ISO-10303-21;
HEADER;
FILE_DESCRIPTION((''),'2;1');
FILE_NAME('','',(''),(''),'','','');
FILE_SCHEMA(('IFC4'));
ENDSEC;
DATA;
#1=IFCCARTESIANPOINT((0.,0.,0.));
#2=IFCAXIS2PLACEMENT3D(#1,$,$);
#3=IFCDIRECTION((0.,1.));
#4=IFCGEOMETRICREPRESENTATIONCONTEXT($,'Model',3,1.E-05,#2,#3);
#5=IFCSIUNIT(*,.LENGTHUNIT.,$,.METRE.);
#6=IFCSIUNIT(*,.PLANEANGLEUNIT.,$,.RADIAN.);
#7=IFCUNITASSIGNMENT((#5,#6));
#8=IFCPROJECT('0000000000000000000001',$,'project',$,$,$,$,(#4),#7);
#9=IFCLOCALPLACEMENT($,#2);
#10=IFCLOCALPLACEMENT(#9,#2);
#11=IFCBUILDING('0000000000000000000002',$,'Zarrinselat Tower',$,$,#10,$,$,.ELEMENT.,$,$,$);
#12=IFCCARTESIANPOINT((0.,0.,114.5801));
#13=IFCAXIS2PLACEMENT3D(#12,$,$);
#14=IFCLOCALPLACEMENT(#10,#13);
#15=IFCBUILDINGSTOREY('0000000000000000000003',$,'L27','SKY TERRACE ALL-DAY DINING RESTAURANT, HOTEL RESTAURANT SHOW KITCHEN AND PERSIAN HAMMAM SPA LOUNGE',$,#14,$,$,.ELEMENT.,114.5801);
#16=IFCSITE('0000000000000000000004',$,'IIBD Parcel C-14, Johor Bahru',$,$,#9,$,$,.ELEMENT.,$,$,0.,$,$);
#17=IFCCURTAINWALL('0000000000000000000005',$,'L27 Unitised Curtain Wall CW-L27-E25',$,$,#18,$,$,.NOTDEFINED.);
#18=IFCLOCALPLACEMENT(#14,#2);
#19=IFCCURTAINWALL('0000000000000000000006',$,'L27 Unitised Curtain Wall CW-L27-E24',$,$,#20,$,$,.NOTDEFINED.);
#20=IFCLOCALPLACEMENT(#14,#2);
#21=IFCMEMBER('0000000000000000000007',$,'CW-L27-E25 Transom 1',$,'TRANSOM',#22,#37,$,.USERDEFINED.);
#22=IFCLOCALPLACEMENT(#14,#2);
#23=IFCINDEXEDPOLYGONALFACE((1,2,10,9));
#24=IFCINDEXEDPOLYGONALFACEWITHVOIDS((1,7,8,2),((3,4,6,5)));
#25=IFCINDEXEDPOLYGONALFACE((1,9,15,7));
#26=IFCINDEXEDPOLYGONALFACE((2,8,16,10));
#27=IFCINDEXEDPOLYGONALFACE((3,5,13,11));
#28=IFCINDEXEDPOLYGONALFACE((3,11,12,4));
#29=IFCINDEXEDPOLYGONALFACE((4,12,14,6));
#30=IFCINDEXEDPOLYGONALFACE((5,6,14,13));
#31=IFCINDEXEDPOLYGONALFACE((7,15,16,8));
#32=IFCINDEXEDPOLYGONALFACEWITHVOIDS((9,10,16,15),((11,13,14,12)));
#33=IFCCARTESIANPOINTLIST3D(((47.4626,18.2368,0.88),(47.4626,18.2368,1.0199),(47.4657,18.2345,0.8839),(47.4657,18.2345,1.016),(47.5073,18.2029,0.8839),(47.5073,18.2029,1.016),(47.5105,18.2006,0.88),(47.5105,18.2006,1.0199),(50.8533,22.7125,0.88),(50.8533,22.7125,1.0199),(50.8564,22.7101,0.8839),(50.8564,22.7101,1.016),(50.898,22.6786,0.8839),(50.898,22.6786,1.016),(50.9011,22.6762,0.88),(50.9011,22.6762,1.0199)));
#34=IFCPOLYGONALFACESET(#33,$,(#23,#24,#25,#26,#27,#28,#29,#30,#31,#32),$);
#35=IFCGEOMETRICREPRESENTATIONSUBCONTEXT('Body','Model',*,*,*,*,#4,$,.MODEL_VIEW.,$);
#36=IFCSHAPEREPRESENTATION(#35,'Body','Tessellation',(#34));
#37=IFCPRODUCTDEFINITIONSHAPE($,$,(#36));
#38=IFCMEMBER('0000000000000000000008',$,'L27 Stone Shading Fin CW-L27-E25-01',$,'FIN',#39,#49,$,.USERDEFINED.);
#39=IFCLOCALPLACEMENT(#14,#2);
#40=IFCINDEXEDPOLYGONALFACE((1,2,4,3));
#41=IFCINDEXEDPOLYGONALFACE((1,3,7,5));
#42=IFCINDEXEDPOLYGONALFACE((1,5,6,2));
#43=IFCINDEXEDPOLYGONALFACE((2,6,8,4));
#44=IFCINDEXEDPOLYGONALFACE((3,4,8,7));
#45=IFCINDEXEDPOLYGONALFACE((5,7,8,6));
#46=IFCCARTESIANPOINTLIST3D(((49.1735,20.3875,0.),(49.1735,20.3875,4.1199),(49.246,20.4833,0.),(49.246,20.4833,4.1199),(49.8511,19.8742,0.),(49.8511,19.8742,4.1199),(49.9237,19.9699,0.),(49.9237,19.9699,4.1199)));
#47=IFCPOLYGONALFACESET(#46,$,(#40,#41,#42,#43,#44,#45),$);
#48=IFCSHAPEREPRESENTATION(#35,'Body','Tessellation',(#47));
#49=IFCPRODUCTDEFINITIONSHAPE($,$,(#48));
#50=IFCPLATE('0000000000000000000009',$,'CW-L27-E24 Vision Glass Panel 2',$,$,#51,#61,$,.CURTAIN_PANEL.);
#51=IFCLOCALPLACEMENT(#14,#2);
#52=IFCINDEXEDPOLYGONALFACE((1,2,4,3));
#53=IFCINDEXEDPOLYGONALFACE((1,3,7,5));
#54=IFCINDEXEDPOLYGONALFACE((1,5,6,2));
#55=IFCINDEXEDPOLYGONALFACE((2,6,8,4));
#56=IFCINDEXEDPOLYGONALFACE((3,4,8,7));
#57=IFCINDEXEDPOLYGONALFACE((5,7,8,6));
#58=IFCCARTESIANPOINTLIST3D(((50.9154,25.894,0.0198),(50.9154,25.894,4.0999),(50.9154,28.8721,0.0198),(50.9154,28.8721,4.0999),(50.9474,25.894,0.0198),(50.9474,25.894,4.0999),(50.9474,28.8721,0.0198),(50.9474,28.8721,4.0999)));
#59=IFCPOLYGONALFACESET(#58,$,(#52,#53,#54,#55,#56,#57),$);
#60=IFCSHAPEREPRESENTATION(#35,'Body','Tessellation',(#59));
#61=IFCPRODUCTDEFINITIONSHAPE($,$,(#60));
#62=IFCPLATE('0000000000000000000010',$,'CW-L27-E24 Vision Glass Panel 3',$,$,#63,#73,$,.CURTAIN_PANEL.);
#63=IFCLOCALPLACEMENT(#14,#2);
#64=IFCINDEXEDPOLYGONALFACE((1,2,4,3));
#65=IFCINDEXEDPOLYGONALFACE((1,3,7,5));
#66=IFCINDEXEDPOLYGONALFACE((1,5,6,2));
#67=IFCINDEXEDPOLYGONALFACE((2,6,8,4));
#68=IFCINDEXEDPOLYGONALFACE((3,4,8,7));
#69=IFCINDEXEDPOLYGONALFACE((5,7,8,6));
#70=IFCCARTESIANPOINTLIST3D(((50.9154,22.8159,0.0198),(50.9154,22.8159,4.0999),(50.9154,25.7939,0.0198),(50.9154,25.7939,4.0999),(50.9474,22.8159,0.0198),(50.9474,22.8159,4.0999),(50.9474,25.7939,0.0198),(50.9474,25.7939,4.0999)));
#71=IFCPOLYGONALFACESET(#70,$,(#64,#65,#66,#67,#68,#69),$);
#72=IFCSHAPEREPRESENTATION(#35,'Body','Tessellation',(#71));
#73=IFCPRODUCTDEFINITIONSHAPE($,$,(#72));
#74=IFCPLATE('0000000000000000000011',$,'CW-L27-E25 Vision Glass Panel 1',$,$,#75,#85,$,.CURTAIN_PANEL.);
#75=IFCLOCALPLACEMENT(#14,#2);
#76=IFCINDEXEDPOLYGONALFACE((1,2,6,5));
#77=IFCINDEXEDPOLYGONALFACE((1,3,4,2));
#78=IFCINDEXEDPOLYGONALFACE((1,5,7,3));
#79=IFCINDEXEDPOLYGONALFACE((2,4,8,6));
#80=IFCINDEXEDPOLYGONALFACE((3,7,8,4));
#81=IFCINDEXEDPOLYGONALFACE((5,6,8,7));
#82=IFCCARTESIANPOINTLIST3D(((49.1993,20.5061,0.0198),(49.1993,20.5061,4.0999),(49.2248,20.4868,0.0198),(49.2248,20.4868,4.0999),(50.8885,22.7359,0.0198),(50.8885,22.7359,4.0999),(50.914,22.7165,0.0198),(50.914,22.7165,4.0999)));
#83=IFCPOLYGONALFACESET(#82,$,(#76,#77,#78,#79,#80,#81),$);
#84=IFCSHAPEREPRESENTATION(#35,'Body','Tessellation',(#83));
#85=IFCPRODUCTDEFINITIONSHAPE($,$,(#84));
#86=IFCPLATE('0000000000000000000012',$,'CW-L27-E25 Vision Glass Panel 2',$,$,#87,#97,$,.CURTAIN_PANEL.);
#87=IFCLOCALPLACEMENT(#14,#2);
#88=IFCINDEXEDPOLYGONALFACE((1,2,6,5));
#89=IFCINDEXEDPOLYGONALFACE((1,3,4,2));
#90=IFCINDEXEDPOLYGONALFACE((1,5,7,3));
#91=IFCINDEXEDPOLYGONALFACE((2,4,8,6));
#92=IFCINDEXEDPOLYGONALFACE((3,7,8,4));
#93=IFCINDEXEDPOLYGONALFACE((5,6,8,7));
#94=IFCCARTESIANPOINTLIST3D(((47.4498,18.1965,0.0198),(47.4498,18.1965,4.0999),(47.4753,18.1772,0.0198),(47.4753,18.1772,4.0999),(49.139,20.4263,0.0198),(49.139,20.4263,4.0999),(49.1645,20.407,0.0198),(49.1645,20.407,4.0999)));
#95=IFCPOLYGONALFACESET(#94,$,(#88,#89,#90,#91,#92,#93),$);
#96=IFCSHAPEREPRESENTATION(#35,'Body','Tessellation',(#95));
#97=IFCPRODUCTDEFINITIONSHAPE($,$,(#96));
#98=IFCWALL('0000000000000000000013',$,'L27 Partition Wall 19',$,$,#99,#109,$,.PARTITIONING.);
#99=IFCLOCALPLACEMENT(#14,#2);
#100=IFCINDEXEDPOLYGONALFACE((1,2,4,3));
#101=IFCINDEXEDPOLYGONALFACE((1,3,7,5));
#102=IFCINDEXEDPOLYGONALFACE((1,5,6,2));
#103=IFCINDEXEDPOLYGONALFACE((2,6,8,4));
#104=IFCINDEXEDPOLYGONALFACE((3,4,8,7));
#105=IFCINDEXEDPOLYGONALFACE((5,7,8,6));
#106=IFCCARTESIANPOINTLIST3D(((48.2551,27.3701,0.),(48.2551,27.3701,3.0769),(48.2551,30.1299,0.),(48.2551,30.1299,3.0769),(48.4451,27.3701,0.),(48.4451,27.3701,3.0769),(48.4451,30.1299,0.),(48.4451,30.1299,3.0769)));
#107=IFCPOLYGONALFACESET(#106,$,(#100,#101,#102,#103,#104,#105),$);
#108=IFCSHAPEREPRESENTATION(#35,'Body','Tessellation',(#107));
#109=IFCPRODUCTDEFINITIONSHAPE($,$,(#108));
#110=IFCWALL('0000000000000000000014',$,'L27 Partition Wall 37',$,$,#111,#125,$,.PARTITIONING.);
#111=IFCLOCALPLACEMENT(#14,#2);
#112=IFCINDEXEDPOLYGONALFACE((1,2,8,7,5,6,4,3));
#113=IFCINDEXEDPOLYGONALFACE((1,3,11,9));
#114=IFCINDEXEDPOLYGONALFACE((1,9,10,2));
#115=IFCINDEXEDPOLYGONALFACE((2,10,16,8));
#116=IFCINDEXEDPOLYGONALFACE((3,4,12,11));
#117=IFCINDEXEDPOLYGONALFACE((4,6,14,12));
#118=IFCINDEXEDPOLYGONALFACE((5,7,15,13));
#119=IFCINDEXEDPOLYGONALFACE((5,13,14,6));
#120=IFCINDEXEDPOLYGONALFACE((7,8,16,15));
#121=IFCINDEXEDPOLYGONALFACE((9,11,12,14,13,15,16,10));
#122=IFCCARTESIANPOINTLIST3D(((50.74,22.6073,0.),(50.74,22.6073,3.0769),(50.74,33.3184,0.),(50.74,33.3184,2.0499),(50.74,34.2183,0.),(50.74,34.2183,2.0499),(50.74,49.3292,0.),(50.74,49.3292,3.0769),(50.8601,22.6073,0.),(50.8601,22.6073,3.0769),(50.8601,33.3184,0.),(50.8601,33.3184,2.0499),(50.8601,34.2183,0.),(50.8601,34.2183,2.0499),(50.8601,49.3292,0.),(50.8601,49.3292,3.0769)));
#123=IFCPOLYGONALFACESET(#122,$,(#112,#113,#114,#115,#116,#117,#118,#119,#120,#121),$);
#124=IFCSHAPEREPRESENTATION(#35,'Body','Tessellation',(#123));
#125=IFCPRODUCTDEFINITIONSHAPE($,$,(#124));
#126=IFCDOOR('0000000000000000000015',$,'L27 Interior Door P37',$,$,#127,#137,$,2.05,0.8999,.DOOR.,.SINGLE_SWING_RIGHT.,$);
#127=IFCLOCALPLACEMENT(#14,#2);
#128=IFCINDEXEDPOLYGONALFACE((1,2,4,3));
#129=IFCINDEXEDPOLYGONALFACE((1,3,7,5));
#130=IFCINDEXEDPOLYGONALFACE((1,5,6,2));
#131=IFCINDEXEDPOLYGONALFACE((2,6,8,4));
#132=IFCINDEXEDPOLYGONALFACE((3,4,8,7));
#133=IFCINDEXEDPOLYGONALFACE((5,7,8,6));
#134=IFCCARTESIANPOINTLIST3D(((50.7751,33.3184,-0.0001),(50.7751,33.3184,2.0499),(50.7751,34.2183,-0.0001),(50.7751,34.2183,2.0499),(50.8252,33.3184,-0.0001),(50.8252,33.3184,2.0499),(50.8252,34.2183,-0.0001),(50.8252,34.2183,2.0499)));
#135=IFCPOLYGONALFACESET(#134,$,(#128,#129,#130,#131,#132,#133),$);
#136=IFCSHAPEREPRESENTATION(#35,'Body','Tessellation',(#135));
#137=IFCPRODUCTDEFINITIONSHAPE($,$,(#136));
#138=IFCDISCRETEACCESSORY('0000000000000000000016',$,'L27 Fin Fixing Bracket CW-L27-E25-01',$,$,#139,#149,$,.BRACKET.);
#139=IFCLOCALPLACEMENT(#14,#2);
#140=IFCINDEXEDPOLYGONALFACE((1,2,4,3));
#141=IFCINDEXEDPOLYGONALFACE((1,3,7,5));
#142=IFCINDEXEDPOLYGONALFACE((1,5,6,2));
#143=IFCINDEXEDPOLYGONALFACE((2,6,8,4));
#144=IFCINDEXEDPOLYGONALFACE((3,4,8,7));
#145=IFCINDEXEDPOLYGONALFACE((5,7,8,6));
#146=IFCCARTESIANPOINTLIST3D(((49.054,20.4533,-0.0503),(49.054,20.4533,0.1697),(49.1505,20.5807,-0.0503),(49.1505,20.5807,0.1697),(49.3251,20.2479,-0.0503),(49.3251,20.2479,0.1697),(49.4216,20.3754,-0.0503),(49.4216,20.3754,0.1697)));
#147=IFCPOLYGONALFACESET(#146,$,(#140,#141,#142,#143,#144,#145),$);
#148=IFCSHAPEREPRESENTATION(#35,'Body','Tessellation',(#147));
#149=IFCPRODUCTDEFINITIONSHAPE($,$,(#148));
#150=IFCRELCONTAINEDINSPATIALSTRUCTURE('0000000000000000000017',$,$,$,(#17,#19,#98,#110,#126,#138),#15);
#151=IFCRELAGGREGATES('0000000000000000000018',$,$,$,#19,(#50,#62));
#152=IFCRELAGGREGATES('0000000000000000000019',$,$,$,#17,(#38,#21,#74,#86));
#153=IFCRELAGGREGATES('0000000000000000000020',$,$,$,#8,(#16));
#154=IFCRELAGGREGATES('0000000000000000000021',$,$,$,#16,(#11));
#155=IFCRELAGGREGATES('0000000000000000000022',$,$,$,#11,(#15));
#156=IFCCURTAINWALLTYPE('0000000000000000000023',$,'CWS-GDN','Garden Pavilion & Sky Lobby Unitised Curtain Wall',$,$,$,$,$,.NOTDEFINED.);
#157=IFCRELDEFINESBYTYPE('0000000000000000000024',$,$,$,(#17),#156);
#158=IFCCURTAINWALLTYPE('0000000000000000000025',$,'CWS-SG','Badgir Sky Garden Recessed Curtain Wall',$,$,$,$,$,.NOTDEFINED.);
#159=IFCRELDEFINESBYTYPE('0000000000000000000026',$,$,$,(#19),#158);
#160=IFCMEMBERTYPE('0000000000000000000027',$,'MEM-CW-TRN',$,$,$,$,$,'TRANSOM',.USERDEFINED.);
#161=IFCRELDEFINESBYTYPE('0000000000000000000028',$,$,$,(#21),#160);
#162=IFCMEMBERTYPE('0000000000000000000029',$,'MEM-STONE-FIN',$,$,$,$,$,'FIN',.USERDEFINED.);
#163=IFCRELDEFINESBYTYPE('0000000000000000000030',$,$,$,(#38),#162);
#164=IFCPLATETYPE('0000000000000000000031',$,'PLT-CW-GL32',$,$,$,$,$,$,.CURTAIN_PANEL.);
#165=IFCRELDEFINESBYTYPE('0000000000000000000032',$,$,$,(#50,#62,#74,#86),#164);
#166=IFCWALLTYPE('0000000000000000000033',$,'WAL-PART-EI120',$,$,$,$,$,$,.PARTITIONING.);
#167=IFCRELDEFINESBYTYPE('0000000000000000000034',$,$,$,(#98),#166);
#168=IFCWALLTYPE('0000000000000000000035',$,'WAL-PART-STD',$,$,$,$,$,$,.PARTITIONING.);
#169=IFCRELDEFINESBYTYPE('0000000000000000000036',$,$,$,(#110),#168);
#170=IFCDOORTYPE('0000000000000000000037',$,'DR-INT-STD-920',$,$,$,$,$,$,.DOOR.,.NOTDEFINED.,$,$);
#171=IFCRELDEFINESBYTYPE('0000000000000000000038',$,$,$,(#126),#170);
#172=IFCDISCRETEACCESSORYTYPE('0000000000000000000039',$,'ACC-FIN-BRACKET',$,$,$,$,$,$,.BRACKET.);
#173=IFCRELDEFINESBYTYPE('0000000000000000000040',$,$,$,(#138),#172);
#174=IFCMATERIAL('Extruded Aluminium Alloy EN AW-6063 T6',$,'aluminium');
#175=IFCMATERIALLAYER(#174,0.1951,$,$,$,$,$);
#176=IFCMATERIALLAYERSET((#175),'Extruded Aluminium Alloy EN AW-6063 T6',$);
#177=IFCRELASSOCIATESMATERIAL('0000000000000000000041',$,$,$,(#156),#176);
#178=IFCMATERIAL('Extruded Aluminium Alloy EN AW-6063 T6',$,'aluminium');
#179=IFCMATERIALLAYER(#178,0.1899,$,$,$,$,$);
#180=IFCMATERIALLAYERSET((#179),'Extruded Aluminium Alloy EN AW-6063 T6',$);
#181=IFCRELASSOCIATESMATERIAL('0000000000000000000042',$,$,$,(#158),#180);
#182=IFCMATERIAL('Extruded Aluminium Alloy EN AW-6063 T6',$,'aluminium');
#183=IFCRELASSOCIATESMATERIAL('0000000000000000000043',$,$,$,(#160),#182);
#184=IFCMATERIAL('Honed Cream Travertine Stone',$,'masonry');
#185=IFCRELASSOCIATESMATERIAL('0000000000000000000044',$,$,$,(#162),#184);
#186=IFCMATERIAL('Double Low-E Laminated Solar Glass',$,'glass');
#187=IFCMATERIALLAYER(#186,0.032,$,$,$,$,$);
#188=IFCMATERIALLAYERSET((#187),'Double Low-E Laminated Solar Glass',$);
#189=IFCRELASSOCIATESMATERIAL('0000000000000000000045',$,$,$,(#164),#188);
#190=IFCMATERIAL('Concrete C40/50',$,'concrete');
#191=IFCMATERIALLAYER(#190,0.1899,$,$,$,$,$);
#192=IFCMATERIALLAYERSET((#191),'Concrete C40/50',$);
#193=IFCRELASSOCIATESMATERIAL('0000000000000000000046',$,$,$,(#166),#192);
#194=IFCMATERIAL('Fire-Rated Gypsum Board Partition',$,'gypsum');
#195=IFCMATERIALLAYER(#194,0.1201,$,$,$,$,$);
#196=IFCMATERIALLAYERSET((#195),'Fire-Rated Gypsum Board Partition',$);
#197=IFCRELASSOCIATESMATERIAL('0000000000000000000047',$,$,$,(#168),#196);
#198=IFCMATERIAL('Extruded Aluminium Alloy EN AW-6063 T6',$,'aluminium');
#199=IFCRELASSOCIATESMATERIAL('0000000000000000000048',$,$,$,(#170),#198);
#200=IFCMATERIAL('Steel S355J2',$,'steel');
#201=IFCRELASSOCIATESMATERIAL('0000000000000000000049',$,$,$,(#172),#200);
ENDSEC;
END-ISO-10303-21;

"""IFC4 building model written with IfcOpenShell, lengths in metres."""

from ifc_helpers import new_model, si_unit, direction, frame, frame_2d, origin, origin_2d, place, context, subcontext, project, spatial, rectangle, hollow_rectangle, extrude, material, layer, layer_set, material_profile, profile_set, type_object, element, fill, aggregate, save


model = new_model("IFC4")

# Units and contexts
model_context = context("Model", 3, precision=1e-05, world=origin(), true_north=direction((0.0, 1.0)))
body_context = subcontext(model_context, "Body", "Model", "MODEL_VIEW")
ifc_project = project(units=[si_unit("LENGTHUNIT", "METRE"), si_unit("PLANEANGLEUNIT", "RADIAN")], contexts=[model_context])

# Site, building, storey
site_placement = place(None, origin())
site = spatial("IfcSite", under=ifc_project, at=site_placement, Name="IIBD Parcel C-14, Johor Bahru", CompositionType="ELEMENT", RefElevation=0.0)
building_placement = place(site_placement, origin())
building = spatial("IfcBuilding", under=site, at=building_placement, Name="Zarrinselat Tower", CompositionType="ELEMENT")
storey_placement = place(building_placement, frame((0.0, 0.0, 114.5801)))
storey = spatial("IfcBuildingStorey", under=building, at=storey_placement, Name="L27", Description="SKY TERRACE ALL-DAY DINING RESTAURANT, HOTEL RESTAURANT SHOW KITCHEN AND PERSIAN HAMMAM SPA LOUNGE", CompositionType="ELEMENT", Elevation=114.5801)

# Curtain wall
ifc_material_1 = material(Name="Extruded Aluminium Alloy EN AW-6063 T6", Category="aluminium")
ifc_layer_1 = layer(ifc_material_1, 0.1951)
ifc_layer_set_1 = layer_set([ifc_layer_1], Name="Extruded Aluminium Alloy EN AW-6063 T6")
curtain_wall_type_1 = type_object("IfcCurtainWallType", Name="CWS-GDN", Description="Garden Pavilion & Sky Lobby Unitised Curtain Wall", PredefinedType="NOTDEFINED", material=ifc_layer_set_1)
curtain_wall_1_placement = place(storey_placement, origin())
curtain_wall_1 = element("IfcCurtainWall", 1, at=curtain_wall_1_placement, inside=storey, type_object=curtain_wall_type_1, Name="L27 Unitised Curtain Wall CW-L27-E25", PredefinedType="NOTDEFINED")

# Curtain wall
ifc_material_2 = material(Name="Extruded Aluminium Alloy EN AW-6063 T6", Category="aluminium")
ifc_layer_2 = layer(ifc_material_2, 0.1899)
ifc_layer_set_2 = layer_set([ifc_layer_2], Name="Extruded Aluminium Alloy EN AW-6063 T6")
curtain_wall_type_2 = type_object("IfcCurtainWallType", Name="CWS-SG", Description="Badgir Sky Garden Recessed Curtain Wall", PredefinedType="NOTDEFINED", material=ifc_layer_set_2)
curtain_wall_2_placement = place(storey_placement, origin())
curtain_wall_2 = element("IfcCurtainWall", 2, at=curtain_wall_2_placement, inside=storey, type_object=curtain_wall_type_2, Name="L27 Unitised Curtain Wall CW-L27-E24", PredefinedType="NOTDEFINED")

# Members
ifc_material_3 = material(Name="Extruded Aluminium Alloy EN AW-6063 T6", Category="aluminium")
ifc_material_profile_1 = material_profile(ifc_material_3, hollow_rectangle(XDim=0.0601, YDim=0.1399, WallThickness=0.0039, at=origin_2d()), Name="RHS 140x60x4")
ifc_profile_set_1 = profile_set([ifc_material_profile_1], Name="Extruded Aluminium Alloy EN AW-6063 T6")
member_type_1 = type_object("IfcMemberType", Name="MEM-CW-TRN", ElementType="TRANSOM", PredefinedType="USERDEFINED", material=ifc_profile_set_1)
member_1_placement = place(storey_placement, frame((50.8772, 22.6943, 0.95), z_axis=(-0.603861, -0.79709, 0.0), x_axis=(0.79709, -0.603861, 0.0)))
member_1 = element("IfcMember", 3, at=member_1_placement, type_object=member_type_1, Name="CW-L27-E25 Transom 1", ObjectType="TRANSOM", PredefinedType="USERDEFINED", context=body_context, shape_type="SweptSolid", body=[
    extrude(hollow_rectangle(XDim=0.0601, YDim=0.1399, WallThickness=0.0039, at=origin_2d()), origin(), (0.0, 0.0, 1.0), 5.615),
])
ifc_material_4 = material(Name="Honed Cream Travertine Stone", Category="masonry")
ifc_material_profile_2 = material_profile(ifc_material_4, rectangle(XDim=0.1201, YDim=0.8501, at=origin_2d()), Name="FIN 850x120")
ifc_profile_set_2 = profile_set([ifc_material_profile_2], Name="Honed Cream Travertine Stone")
member_type_2 = type_object("IfcMemberType", Name="MEM-STONE-FIN", ElementType="FIN", PredefinedType="USERDEFINED", material=ifc_profile_set_2)
member_2_placement = place(storey_placement, frame((49.5486, 20.1787, 0.0), z_axis=(0.0, 0.0, 1.0), x_axis=(-0.60386, -0.79709, 0.0)))
member_2 = element("IfcMember", 4, at=member_2_placement, type_object=member_type_2, Name="L27 Stone Shading Fin CW-L27-E25-01", ObjectType="FIN", PredefinedType="USERDEFINED", context=body_context, shape_type="SweptSolid", body=[
    extrude(rectangle(XDim=0.1201, YDim=0.8501, at=origin_2d()), origin(), (0.0, 0.0, 1.0), 4.1199),
])

# Plates
ifc_material_5 = material(Name="Double Low-E Laminated Solar Glass", Category="glass")
ifc_layer_3 = layer(ifc_material_5, 0.032)
ifc_layer_set_3 = layer_set([ifc_layer_3], Name="Double Low-E Laminated Solar Glass")
plate_type = type_object("IfcPlateType", Name="PLT-CW-GL32", PredefinedType="CURTAIN_PANEL", material=ifc_layer_set_3)
plate_1_placement = place(storey_placement, frame((50.9314, 27.3831, 0.0198), z_axis=(0.0, 0.0, 1.0), x_axis=(0.0, -1.0, 0.0)))
plate_1 = element("IfcPlate", 5, at=plate_1_placement, type_object=plate_type, Name="CW-L27-E24 Vision Glass Panel 2", PredefinedType="CURTAIN_PANEL", context=body_context, shape_type="SweptSolid", body=[
    extrude(rectangle(XDim=2.978, YDim=0.032, at=origin_2d()), origin(), (0.0, 0.0, 1.0), 4.0801),
])
plate_2_placement = place(storey_placement, frame((50.9314, 24.3049, 0.0198), z_axis=(0.0, 0.0, 1.0), x_axis=(0.0, -1.0, 0.0)))
plate_2 = element("IfcPlate", 6, at=plate_2_placement, type_object=plate_type, Name="CW-L27-E24 Vision Glass Panel 3", PredefinedType="CURTAIN_PANEL", context=body_context, shape_type="SweptSolid", body=[
    extrude(rectangle(XDim=2.978, YDim=0.032, at=origin_2d()), origin(), (0.0, 0.0, 1.0), 4.0801),
])
aggregate(curtain_wall_2, [plate_1, plate_2])
plate_3_placement = place(storey_placement, frame((50.0566, 21.6113, 0.0198), z_axis=(0.0, 0.0, 1.0), x_axis=(-0.60386, -0.79709, 0.0)))
plate_3 = element("IfcPlate", 7, at=plate_3_placement, type_object=plate_type, Name="CW-L27-E25 Vision Glass Panel 1", PredefinedType="CURTAIN_PANEL", context=body_context, shape_type="SweptSolid", body=[
    extrude(rectangle(XDim=2.7974, YDim=0.032, at=origin_2d()), origin(), (0.0, 0.0, 1.0), 4.0801),
])
plate_4_placement = place(storey_placement, frame((48.3071, 19.3018, 0.0198), z_axis=(0.0, 0.0, 1.0), x_axis=(-0.60386, -0.79709, 0.0)))
plate_4 = element("IfcPlate", 8, at=plate_4_placement, type_object=plate_type, Name="CW-L27-E25 Vision Glass Panel 2", PredefinedType="CURTAIN_PANEL", context=body_context, shape_type="SweptSolid", body=[
    extrude(rectangle(XDim=2.7974, YDim=0.032, at=origin_2d()), origin(), (0.0, 0.0, 1.0), 4.0801),
])
aggregate(curtain_wall_1, [member_2, member_1, plate_3, plate_4])

# Wall
ifc_material_6 = material(Name="Concrete C40/50", Category="concrete")
ifc_layer_4 = layer(ifc_material_6, 0.1899)
ifc_layer_set_4 = layer_set([ifc_layer_4], Name="Concrete C40/50")
wall_type_1 = type_object("IfcWallType", Name="WAL-PART-EI120", PredefinedType="PARTITIONING", material=ifc_layer_set_4)
wall_1_placement = place(storey_placement, frame((48.3501, 27.3701, 0.0), z_axis=(0.0, 0.0, 1.0), x_axis=(0.0, 1.0, 0.0)))
element("IfcWall", 9, at=wall_1_placement, inside=storey, type_object=wall_type_1, Name="L27 Partition Wall 19", PredefinedType="PARTITIONING", context=body_context, shape_type="SweptSolid", body=[
    extrude(rectangle(XDim=2.7598, YDim=0.1899, at=frame_2d((1.3799, 0.0))), origin(), (0.0, 0.0, 1.0), 3.0769),
])

# Wall, opening, door
ifc_material_7 = material(Name="Fire-Rated Gypsum Board Partition", Category="gypsum")
ifc_layer_5 = layer(ifc_material_7, 0.1201)
ifc_layer_set_5 = layer_set([ifc_layer_5], Name="Fire-Rated Gypsum Board Partition")
wall_type_2 = type_object("IfcWallType", Name="WAL-PART-STD", PredefinedType="PARTITIONING", material=ifc_layer_set_5)
wall_2_placement = place(storey_placement, frame((50.8, 22.6074, 0.0), z_axis=(0.0, 0.0, 1.0), x_axis=(0.0, 1.0, 0.0)))
wall_2 = element("IfcWall", 10, at=wall_2_placement, inside=storey, type_object=wall_type_2, Name="L27 Partition Wall 37", PredefinedType="PARTITIONING", context=body_context, shape_type="SweptSolid", body=[
    extrude(rectangle(XDim=26.7219, YDim=0.1201, at=frame_2d((13.3608, 0.0))), origin(), (0.0, 0.0, 1.0), 3.0769),
])
opening_placement = place(wall_2_placement, frame((10.7109, 0.0, 0.0)))
opening = element("IfcOpeningElement", 11, at=opening_placement, cuts=wall_2, PredefinedType="OPENING", context=body_context, shape_type="SweptSolid", body=[
    extrude(rectangle(XDim=0.8999, YDim=2.05, at=frame_2d((0.45, 1.0249))), frame((0.0, 0.0701, 0.0), z_axis=(0.0, -1.0, 0.0), x_axis=(1.0, 0.0, 0.0)), (0.0, 0.0, 1.0), 0.1401),
])
ifc_material_8 = material(Name="Extruded Aluminium Alloy EN AW-6063 T6", Category="aluminium")
door_type = type_object("IfcDoorType", Name="DR-INT-STD-920", OperationType="NOTDEFINED", PredefinedType="DOOR", material=ifc_material_8)
door_placement = place(opening_placement, origin())
door = element("IfcDoor", 12, at=door_placement, inside=storey, type_object=door_type, Name="L27 Interior Door P37", OperationType="SINGLE_SWING_RIGHT", OverallHeight=2.05, OverallWidth=0.8999, PredefinedType="DOOR", context=body_context, shape_type="SweptSolid", body=[
    extrude(rectangle(XDim=0.8999, YDim=2.05, at=frame_2d((0.45, 1.0249))), frame((0.0, 0.0249, 0.0), z_axis=(0.0, -1.0, 0.0), x_axis=(1.0, 0.0, 0.0)), (0.0, 0.0, 1.0), 0.05),
])
fill(opening, door)

# Discrete accessory
ifc_material_9 = material(Name="Steel S355J2", Category="steel")
discrete_accessory_type = type_object("IfcDiscreteAccessoryType", Name="ACC-FIN-BRACKET", PredefinedType="BRACKET", material=ifc_material_9)
discrete_accessory_placement = place(storey_placement, frame((49.2378, 20.4143, -0.0503), z_axis=(0.0, 0.0, 1.0), x_axis=(0.79709, -0.60386, 0.0)))
element("IfcDiscreteAccessory", 13, at=discrete_accessory_placement, inside=storey, type_object=discrete_accessory_type, Name="L27 Fin Fixing Bracket CW-L27-E25-01", PredefinedType="BRACKET", context=body_context, shape_type="SweptSolid", body=[
    extrude(rectangle(XDim=0.3401, YDim=0.1599, at=origin_2d()), origin(), (0.0, 0.0, 1.0), 0.22),
])

save(model, "model.ifc")
